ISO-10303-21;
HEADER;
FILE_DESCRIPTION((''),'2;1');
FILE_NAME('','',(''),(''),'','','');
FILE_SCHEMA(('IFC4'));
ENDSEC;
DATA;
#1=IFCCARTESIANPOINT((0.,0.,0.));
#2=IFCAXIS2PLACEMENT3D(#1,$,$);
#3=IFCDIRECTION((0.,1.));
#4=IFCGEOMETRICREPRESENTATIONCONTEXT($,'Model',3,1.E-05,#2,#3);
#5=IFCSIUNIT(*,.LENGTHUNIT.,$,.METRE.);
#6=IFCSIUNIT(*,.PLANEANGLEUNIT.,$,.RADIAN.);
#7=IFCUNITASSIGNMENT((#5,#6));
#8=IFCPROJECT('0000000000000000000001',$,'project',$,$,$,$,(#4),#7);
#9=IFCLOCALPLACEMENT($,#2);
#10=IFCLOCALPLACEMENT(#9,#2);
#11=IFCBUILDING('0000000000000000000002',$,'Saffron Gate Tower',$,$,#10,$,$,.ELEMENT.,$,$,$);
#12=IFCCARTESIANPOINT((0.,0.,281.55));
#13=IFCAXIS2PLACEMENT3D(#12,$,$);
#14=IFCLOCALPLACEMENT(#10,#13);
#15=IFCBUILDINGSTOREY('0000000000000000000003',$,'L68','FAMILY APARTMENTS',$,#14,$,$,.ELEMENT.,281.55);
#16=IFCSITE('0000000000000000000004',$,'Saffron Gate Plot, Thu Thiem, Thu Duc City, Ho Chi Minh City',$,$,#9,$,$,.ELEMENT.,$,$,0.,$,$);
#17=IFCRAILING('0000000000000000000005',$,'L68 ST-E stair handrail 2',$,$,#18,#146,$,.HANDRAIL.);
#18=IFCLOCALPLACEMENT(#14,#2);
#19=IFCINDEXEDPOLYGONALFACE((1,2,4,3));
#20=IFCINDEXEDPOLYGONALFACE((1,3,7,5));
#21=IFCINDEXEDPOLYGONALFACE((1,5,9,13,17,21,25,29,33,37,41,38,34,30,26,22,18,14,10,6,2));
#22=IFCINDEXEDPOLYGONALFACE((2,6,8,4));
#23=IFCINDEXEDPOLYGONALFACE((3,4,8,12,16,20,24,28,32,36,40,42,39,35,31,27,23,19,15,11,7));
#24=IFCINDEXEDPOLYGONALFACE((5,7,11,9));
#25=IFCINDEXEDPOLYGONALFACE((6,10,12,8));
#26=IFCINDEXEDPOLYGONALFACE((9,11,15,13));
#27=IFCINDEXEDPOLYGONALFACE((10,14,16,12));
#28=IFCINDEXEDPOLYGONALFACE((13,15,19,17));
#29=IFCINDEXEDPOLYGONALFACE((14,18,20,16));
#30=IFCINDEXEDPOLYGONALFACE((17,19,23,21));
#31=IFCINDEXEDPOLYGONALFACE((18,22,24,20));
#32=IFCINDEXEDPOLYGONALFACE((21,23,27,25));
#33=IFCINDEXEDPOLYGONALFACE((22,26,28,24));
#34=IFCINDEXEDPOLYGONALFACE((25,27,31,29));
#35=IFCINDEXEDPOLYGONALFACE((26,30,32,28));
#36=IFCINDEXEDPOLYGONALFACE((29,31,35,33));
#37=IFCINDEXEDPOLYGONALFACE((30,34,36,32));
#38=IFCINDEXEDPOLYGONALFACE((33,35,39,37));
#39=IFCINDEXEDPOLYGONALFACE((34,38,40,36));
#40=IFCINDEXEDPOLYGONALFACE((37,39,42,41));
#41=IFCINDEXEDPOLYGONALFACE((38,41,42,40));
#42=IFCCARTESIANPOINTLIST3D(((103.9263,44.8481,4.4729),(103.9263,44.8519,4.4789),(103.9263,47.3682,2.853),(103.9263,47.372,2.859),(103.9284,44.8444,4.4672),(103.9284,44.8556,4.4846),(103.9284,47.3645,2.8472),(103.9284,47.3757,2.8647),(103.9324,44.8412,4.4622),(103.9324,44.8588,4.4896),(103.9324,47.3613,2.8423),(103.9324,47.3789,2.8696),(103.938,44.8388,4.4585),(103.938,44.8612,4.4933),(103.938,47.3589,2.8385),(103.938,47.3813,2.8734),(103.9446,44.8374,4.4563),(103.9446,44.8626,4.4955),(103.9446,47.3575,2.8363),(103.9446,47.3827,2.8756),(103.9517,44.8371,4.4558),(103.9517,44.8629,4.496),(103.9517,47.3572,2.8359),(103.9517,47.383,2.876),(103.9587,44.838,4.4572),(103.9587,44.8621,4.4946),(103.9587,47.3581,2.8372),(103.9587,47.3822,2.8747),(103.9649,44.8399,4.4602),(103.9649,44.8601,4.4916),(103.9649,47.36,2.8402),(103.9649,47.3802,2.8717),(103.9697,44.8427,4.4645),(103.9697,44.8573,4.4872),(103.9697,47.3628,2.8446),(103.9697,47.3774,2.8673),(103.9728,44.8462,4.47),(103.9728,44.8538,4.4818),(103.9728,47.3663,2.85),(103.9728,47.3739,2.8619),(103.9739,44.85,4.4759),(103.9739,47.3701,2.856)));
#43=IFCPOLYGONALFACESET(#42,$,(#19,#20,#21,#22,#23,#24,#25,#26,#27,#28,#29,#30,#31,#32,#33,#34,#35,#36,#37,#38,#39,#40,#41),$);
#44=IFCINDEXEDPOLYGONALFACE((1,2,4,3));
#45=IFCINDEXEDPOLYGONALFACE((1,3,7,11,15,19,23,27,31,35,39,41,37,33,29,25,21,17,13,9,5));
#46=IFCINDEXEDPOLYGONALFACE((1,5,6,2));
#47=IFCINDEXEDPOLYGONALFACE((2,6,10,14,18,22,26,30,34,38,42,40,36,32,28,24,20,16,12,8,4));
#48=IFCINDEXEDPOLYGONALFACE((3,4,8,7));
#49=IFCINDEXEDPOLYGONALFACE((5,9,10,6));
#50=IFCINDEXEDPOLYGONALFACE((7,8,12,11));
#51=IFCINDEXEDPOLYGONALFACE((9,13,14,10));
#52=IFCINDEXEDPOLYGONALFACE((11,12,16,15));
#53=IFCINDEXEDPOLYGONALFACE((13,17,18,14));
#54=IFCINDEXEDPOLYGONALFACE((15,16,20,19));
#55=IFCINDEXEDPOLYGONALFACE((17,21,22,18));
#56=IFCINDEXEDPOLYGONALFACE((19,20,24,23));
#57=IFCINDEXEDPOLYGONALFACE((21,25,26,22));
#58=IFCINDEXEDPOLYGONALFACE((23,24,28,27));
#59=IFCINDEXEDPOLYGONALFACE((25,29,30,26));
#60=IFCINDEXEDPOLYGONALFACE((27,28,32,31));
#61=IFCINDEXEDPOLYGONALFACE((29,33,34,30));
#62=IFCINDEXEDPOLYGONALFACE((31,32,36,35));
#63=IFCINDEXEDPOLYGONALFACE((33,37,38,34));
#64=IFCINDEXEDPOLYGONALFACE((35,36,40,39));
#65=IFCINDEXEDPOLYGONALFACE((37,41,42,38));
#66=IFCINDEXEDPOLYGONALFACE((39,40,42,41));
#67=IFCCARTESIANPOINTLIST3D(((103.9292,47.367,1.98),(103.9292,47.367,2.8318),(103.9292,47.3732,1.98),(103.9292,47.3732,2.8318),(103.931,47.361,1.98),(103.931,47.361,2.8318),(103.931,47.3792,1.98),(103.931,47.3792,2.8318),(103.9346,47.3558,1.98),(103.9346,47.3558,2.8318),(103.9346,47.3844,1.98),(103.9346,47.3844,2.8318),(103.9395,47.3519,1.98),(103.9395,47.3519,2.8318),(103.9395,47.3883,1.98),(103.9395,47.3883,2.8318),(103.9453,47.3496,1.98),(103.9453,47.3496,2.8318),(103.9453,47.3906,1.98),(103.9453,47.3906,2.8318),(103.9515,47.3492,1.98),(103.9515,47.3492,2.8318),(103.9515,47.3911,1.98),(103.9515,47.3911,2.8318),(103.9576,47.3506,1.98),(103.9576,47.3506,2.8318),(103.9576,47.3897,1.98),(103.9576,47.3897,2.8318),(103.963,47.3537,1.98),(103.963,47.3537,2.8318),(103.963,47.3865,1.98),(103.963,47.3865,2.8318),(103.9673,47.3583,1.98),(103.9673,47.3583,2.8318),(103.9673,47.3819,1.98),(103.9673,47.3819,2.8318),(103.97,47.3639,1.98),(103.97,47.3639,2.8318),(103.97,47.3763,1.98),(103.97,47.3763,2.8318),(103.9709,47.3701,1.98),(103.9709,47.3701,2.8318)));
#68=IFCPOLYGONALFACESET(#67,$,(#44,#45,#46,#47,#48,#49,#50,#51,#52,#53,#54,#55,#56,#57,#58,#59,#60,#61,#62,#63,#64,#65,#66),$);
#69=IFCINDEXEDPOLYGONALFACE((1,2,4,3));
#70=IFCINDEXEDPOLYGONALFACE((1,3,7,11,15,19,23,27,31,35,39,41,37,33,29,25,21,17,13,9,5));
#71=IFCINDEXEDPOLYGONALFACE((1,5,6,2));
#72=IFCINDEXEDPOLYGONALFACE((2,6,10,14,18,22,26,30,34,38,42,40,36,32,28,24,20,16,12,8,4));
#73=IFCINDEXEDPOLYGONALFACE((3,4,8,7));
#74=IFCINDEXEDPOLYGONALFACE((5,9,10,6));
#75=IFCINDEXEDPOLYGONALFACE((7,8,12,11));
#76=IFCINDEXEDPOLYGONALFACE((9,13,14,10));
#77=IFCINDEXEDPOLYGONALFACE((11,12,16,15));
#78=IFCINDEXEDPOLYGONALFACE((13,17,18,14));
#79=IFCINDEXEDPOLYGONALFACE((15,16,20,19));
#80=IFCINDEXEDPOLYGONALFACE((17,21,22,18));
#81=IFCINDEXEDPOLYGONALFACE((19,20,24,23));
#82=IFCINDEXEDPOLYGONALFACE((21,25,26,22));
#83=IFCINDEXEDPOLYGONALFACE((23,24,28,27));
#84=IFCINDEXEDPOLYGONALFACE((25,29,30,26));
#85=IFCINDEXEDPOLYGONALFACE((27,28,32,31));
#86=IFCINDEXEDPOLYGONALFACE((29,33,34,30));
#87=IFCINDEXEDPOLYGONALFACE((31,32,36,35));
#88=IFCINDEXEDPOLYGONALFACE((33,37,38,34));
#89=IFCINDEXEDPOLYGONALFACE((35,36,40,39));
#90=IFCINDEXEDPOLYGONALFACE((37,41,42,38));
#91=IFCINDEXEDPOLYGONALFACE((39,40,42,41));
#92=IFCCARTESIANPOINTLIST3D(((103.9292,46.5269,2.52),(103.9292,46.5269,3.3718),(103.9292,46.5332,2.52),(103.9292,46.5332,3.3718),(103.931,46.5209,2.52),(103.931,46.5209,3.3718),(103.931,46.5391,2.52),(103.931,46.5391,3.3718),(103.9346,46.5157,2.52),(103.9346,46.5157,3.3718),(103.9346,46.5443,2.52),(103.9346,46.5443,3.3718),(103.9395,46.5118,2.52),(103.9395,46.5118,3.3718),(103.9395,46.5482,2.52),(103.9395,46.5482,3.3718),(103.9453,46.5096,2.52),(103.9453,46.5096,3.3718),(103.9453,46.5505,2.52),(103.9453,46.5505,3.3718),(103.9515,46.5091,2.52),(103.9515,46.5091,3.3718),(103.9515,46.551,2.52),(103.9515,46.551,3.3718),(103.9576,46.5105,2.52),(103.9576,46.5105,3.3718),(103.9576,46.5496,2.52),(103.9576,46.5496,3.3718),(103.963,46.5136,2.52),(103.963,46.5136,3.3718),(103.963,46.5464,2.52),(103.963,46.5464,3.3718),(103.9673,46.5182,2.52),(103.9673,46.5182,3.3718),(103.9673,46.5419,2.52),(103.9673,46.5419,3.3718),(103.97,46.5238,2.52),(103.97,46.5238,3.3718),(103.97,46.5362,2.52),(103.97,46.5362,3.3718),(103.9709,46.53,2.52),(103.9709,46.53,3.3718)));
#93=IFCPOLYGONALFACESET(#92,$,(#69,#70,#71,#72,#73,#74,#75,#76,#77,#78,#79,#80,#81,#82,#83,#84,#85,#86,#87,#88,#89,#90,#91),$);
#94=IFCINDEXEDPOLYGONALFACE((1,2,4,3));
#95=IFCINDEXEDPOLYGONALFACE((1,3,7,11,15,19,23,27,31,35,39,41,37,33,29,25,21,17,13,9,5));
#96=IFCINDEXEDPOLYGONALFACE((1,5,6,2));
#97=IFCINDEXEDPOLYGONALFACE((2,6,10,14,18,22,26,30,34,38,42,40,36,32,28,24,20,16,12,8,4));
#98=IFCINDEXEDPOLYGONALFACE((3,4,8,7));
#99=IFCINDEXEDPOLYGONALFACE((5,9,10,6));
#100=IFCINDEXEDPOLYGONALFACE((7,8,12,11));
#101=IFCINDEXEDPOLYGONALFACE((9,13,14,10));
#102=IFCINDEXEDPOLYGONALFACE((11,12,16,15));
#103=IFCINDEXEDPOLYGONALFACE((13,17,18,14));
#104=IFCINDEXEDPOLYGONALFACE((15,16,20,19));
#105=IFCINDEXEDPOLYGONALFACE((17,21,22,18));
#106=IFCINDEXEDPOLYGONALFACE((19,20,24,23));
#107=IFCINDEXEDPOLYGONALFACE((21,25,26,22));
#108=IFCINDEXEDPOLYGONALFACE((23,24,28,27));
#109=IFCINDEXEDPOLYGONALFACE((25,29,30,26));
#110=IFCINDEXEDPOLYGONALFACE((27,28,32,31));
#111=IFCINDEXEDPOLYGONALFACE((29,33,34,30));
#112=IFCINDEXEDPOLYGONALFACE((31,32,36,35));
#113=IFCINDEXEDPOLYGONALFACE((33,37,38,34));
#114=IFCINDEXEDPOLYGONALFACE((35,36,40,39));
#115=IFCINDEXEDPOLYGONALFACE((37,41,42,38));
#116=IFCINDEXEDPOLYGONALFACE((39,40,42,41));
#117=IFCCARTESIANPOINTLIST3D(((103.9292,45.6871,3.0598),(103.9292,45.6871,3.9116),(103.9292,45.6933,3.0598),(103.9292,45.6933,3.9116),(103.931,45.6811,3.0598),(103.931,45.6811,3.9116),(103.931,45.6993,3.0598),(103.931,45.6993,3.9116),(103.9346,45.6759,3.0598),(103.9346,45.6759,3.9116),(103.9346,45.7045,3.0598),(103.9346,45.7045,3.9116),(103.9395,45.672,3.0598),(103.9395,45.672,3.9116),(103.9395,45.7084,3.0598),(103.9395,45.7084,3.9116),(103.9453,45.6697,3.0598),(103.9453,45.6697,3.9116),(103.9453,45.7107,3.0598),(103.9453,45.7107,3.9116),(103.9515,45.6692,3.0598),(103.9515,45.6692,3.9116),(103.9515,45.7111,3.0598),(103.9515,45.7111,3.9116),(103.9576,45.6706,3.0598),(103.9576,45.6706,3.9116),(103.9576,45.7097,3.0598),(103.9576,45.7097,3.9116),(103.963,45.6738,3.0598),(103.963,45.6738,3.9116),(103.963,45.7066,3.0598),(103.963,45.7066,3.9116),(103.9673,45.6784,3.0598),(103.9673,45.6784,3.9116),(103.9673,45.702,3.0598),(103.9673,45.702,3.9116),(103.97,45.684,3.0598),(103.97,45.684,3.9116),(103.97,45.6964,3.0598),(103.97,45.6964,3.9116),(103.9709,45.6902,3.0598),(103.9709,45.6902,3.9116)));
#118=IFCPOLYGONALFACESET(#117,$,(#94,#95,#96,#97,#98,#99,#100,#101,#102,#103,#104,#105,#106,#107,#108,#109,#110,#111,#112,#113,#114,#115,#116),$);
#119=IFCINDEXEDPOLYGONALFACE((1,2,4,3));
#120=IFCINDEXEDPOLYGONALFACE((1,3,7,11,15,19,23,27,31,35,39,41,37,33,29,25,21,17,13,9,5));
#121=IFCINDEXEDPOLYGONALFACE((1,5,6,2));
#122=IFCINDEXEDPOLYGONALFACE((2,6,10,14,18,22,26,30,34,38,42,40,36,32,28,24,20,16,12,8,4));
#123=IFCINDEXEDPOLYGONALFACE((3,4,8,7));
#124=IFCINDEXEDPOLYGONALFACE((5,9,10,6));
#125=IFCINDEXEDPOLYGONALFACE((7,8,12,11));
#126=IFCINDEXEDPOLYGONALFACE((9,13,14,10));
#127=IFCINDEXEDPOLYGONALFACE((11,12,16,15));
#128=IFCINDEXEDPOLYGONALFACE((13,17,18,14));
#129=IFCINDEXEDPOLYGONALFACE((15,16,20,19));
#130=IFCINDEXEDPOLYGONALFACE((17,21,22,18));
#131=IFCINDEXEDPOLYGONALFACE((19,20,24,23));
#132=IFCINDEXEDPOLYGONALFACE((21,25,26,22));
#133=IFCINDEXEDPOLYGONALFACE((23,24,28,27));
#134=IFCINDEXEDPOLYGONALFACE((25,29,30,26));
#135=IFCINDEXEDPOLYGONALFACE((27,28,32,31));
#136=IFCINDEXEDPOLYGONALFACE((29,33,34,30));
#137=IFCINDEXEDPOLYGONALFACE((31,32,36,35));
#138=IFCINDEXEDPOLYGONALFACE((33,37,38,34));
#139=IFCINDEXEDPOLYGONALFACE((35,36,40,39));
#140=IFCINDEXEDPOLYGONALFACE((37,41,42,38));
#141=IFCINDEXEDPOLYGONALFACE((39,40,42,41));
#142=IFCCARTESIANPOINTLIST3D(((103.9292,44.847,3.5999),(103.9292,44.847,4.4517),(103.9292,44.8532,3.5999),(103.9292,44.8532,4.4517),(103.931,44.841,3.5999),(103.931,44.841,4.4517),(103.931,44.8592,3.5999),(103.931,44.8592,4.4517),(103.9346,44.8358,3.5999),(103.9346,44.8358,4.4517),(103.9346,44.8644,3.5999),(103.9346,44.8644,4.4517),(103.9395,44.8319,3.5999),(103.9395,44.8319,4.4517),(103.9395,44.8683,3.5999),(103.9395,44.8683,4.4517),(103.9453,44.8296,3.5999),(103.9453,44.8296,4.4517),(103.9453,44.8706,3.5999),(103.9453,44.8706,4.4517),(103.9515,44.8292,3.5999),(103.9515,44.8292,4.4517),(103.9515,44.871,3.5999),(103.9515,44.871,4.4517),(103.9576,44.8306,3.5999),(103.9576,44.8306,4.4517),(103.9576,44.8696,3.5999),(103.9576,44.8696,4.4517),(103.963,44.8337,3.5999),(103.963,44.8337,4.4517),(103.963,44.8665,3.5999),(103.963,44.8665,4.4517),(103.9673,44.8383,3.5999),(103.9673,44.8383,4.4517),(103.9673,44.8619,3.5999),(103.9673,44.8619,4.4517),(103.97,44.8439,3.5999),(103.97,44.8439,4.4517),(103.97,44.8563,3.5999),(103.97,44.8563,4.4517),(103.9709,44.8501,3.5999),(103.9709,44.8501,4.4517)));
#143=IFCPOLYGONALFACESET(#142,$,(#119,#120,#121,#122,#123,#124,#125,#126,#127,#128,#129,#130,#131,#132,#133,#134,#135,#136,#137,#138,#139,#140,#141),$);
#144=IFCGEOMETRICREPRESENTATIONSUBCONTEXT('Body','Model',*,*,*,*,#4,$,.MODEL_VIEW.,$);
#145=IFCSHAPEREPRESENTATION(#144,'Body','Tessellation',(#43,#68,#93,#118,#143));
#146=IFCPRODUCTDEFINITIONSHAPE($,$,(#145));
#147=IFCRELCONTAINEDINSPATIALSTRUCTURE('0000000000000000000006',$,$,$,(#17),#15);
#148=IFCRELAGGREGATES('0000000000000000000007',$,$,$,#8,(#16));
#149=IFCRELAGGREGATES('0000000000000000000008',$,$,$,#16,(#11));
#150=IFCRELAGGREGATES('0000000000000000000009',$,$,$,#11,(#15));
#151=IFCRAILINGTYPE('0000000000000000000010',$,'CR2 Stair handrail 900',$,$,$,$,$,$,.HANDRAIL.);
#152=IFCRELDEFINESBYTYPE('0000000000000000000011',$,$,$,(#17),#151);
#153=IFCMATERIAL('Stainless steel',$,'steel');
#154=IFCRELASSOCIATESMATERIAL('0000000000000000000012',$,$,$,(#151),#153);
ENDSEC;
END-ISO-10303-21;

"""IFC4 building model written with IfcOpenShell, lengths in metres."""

from ifc_helpers import new_model, si_unit, direction, frame, origin, origin_2d, place, context, subcontext, project, spatial, circle, extrude, material, type_object, element, save


model = new_model("IFC4")

# Units and contexts
model_context = context("Model", 3, precision=1e-05, world=origin(), true_north=direction((0.0, 1.0)))
body_context = subcontext(model_context, "Body", "Model", "MODEL_VIEW")
ifc_project = project(units=[si_unit("LENGTHUNIT", "METRE"), si_unit("PLANEANGLEUNIT", "RADIAN")], contexts=[model_context])

# Site, building, storey
site_placement = place(None, origin())
site = spatial("IfcSite", under=ifc_project, at=site_placement, Name="Saffron Gate Plot, Thu Thiem, Thu Duc City, Ho Chi Minh City", CompositionType="ELEMENT", RefElevation=0.0)
building_placement = place(site_placement, origin())
building = spatial("IfcBuilding", under=site, at=building_placement, Name="Saffron Gate Tower", CompositionType="ELEMENT")
storey_placement = place(building_placement, frame((0.0, 0.0, 281.55)))
storey = spatial("IfcBuildingStorey", under=building, at=storey_placement, Name="L68", Description="FAMILY APARTMENTS", CompositionType="ELEMENT", Elevation=281.55)

# Railing
ifc_material_1 = material(Name="Stainless steel", Category="steel")
railing_type_1 = type_object("IfcRailingType", Name="CR2 Stair handrail 900", PredefinedType="HANDRAIL", material=ifc_material_1)
railing_1_placement = place(storey_placement, frame((103.95, 47.3701, 1.98)))
element("IfcRailing", 1, at=railing_1_placement, inside=storey, type_object=railing_type_1, Name="L68 ST-E stair handrail 2", PredefinedType="HANDRAIL", context=body_context, shape_type="SweptSolid", body=[
    extrude(circle(Radius=0.0239, at=origin_2d()), frame((0.0, 0.0, 0.876), z_axis=(0.0, -0.8412, 0.540725), x_axis=(1.0, 0.0, 0.0)), (0.0, 0.0, 1.0), 2.9958),
    extrude(circle(Radius=0.021, at=origin_2d()), origin(), (0.0, 0.0, 1.0), 0.8518),
    extrude(circle(Radius=0.021, at=origin_2d()), frame((0.0, -0.8401, 0.54)), (0.0, 0.0, 1.0), 0.8518),
    extrude(circle(Radius=0.021, at=origin_2d()), frame((0.0, -1.6799, 1.0798)), (0.0, 0.0, 1.0), 0.8518),
    extrude(circle(Radius=0.021, at=origin_2d()), frame((0.0, -2.52, 1.6199)), (0.0, 0.0, 1.0), 0.8518),
])

save(model, "model.ifc")
